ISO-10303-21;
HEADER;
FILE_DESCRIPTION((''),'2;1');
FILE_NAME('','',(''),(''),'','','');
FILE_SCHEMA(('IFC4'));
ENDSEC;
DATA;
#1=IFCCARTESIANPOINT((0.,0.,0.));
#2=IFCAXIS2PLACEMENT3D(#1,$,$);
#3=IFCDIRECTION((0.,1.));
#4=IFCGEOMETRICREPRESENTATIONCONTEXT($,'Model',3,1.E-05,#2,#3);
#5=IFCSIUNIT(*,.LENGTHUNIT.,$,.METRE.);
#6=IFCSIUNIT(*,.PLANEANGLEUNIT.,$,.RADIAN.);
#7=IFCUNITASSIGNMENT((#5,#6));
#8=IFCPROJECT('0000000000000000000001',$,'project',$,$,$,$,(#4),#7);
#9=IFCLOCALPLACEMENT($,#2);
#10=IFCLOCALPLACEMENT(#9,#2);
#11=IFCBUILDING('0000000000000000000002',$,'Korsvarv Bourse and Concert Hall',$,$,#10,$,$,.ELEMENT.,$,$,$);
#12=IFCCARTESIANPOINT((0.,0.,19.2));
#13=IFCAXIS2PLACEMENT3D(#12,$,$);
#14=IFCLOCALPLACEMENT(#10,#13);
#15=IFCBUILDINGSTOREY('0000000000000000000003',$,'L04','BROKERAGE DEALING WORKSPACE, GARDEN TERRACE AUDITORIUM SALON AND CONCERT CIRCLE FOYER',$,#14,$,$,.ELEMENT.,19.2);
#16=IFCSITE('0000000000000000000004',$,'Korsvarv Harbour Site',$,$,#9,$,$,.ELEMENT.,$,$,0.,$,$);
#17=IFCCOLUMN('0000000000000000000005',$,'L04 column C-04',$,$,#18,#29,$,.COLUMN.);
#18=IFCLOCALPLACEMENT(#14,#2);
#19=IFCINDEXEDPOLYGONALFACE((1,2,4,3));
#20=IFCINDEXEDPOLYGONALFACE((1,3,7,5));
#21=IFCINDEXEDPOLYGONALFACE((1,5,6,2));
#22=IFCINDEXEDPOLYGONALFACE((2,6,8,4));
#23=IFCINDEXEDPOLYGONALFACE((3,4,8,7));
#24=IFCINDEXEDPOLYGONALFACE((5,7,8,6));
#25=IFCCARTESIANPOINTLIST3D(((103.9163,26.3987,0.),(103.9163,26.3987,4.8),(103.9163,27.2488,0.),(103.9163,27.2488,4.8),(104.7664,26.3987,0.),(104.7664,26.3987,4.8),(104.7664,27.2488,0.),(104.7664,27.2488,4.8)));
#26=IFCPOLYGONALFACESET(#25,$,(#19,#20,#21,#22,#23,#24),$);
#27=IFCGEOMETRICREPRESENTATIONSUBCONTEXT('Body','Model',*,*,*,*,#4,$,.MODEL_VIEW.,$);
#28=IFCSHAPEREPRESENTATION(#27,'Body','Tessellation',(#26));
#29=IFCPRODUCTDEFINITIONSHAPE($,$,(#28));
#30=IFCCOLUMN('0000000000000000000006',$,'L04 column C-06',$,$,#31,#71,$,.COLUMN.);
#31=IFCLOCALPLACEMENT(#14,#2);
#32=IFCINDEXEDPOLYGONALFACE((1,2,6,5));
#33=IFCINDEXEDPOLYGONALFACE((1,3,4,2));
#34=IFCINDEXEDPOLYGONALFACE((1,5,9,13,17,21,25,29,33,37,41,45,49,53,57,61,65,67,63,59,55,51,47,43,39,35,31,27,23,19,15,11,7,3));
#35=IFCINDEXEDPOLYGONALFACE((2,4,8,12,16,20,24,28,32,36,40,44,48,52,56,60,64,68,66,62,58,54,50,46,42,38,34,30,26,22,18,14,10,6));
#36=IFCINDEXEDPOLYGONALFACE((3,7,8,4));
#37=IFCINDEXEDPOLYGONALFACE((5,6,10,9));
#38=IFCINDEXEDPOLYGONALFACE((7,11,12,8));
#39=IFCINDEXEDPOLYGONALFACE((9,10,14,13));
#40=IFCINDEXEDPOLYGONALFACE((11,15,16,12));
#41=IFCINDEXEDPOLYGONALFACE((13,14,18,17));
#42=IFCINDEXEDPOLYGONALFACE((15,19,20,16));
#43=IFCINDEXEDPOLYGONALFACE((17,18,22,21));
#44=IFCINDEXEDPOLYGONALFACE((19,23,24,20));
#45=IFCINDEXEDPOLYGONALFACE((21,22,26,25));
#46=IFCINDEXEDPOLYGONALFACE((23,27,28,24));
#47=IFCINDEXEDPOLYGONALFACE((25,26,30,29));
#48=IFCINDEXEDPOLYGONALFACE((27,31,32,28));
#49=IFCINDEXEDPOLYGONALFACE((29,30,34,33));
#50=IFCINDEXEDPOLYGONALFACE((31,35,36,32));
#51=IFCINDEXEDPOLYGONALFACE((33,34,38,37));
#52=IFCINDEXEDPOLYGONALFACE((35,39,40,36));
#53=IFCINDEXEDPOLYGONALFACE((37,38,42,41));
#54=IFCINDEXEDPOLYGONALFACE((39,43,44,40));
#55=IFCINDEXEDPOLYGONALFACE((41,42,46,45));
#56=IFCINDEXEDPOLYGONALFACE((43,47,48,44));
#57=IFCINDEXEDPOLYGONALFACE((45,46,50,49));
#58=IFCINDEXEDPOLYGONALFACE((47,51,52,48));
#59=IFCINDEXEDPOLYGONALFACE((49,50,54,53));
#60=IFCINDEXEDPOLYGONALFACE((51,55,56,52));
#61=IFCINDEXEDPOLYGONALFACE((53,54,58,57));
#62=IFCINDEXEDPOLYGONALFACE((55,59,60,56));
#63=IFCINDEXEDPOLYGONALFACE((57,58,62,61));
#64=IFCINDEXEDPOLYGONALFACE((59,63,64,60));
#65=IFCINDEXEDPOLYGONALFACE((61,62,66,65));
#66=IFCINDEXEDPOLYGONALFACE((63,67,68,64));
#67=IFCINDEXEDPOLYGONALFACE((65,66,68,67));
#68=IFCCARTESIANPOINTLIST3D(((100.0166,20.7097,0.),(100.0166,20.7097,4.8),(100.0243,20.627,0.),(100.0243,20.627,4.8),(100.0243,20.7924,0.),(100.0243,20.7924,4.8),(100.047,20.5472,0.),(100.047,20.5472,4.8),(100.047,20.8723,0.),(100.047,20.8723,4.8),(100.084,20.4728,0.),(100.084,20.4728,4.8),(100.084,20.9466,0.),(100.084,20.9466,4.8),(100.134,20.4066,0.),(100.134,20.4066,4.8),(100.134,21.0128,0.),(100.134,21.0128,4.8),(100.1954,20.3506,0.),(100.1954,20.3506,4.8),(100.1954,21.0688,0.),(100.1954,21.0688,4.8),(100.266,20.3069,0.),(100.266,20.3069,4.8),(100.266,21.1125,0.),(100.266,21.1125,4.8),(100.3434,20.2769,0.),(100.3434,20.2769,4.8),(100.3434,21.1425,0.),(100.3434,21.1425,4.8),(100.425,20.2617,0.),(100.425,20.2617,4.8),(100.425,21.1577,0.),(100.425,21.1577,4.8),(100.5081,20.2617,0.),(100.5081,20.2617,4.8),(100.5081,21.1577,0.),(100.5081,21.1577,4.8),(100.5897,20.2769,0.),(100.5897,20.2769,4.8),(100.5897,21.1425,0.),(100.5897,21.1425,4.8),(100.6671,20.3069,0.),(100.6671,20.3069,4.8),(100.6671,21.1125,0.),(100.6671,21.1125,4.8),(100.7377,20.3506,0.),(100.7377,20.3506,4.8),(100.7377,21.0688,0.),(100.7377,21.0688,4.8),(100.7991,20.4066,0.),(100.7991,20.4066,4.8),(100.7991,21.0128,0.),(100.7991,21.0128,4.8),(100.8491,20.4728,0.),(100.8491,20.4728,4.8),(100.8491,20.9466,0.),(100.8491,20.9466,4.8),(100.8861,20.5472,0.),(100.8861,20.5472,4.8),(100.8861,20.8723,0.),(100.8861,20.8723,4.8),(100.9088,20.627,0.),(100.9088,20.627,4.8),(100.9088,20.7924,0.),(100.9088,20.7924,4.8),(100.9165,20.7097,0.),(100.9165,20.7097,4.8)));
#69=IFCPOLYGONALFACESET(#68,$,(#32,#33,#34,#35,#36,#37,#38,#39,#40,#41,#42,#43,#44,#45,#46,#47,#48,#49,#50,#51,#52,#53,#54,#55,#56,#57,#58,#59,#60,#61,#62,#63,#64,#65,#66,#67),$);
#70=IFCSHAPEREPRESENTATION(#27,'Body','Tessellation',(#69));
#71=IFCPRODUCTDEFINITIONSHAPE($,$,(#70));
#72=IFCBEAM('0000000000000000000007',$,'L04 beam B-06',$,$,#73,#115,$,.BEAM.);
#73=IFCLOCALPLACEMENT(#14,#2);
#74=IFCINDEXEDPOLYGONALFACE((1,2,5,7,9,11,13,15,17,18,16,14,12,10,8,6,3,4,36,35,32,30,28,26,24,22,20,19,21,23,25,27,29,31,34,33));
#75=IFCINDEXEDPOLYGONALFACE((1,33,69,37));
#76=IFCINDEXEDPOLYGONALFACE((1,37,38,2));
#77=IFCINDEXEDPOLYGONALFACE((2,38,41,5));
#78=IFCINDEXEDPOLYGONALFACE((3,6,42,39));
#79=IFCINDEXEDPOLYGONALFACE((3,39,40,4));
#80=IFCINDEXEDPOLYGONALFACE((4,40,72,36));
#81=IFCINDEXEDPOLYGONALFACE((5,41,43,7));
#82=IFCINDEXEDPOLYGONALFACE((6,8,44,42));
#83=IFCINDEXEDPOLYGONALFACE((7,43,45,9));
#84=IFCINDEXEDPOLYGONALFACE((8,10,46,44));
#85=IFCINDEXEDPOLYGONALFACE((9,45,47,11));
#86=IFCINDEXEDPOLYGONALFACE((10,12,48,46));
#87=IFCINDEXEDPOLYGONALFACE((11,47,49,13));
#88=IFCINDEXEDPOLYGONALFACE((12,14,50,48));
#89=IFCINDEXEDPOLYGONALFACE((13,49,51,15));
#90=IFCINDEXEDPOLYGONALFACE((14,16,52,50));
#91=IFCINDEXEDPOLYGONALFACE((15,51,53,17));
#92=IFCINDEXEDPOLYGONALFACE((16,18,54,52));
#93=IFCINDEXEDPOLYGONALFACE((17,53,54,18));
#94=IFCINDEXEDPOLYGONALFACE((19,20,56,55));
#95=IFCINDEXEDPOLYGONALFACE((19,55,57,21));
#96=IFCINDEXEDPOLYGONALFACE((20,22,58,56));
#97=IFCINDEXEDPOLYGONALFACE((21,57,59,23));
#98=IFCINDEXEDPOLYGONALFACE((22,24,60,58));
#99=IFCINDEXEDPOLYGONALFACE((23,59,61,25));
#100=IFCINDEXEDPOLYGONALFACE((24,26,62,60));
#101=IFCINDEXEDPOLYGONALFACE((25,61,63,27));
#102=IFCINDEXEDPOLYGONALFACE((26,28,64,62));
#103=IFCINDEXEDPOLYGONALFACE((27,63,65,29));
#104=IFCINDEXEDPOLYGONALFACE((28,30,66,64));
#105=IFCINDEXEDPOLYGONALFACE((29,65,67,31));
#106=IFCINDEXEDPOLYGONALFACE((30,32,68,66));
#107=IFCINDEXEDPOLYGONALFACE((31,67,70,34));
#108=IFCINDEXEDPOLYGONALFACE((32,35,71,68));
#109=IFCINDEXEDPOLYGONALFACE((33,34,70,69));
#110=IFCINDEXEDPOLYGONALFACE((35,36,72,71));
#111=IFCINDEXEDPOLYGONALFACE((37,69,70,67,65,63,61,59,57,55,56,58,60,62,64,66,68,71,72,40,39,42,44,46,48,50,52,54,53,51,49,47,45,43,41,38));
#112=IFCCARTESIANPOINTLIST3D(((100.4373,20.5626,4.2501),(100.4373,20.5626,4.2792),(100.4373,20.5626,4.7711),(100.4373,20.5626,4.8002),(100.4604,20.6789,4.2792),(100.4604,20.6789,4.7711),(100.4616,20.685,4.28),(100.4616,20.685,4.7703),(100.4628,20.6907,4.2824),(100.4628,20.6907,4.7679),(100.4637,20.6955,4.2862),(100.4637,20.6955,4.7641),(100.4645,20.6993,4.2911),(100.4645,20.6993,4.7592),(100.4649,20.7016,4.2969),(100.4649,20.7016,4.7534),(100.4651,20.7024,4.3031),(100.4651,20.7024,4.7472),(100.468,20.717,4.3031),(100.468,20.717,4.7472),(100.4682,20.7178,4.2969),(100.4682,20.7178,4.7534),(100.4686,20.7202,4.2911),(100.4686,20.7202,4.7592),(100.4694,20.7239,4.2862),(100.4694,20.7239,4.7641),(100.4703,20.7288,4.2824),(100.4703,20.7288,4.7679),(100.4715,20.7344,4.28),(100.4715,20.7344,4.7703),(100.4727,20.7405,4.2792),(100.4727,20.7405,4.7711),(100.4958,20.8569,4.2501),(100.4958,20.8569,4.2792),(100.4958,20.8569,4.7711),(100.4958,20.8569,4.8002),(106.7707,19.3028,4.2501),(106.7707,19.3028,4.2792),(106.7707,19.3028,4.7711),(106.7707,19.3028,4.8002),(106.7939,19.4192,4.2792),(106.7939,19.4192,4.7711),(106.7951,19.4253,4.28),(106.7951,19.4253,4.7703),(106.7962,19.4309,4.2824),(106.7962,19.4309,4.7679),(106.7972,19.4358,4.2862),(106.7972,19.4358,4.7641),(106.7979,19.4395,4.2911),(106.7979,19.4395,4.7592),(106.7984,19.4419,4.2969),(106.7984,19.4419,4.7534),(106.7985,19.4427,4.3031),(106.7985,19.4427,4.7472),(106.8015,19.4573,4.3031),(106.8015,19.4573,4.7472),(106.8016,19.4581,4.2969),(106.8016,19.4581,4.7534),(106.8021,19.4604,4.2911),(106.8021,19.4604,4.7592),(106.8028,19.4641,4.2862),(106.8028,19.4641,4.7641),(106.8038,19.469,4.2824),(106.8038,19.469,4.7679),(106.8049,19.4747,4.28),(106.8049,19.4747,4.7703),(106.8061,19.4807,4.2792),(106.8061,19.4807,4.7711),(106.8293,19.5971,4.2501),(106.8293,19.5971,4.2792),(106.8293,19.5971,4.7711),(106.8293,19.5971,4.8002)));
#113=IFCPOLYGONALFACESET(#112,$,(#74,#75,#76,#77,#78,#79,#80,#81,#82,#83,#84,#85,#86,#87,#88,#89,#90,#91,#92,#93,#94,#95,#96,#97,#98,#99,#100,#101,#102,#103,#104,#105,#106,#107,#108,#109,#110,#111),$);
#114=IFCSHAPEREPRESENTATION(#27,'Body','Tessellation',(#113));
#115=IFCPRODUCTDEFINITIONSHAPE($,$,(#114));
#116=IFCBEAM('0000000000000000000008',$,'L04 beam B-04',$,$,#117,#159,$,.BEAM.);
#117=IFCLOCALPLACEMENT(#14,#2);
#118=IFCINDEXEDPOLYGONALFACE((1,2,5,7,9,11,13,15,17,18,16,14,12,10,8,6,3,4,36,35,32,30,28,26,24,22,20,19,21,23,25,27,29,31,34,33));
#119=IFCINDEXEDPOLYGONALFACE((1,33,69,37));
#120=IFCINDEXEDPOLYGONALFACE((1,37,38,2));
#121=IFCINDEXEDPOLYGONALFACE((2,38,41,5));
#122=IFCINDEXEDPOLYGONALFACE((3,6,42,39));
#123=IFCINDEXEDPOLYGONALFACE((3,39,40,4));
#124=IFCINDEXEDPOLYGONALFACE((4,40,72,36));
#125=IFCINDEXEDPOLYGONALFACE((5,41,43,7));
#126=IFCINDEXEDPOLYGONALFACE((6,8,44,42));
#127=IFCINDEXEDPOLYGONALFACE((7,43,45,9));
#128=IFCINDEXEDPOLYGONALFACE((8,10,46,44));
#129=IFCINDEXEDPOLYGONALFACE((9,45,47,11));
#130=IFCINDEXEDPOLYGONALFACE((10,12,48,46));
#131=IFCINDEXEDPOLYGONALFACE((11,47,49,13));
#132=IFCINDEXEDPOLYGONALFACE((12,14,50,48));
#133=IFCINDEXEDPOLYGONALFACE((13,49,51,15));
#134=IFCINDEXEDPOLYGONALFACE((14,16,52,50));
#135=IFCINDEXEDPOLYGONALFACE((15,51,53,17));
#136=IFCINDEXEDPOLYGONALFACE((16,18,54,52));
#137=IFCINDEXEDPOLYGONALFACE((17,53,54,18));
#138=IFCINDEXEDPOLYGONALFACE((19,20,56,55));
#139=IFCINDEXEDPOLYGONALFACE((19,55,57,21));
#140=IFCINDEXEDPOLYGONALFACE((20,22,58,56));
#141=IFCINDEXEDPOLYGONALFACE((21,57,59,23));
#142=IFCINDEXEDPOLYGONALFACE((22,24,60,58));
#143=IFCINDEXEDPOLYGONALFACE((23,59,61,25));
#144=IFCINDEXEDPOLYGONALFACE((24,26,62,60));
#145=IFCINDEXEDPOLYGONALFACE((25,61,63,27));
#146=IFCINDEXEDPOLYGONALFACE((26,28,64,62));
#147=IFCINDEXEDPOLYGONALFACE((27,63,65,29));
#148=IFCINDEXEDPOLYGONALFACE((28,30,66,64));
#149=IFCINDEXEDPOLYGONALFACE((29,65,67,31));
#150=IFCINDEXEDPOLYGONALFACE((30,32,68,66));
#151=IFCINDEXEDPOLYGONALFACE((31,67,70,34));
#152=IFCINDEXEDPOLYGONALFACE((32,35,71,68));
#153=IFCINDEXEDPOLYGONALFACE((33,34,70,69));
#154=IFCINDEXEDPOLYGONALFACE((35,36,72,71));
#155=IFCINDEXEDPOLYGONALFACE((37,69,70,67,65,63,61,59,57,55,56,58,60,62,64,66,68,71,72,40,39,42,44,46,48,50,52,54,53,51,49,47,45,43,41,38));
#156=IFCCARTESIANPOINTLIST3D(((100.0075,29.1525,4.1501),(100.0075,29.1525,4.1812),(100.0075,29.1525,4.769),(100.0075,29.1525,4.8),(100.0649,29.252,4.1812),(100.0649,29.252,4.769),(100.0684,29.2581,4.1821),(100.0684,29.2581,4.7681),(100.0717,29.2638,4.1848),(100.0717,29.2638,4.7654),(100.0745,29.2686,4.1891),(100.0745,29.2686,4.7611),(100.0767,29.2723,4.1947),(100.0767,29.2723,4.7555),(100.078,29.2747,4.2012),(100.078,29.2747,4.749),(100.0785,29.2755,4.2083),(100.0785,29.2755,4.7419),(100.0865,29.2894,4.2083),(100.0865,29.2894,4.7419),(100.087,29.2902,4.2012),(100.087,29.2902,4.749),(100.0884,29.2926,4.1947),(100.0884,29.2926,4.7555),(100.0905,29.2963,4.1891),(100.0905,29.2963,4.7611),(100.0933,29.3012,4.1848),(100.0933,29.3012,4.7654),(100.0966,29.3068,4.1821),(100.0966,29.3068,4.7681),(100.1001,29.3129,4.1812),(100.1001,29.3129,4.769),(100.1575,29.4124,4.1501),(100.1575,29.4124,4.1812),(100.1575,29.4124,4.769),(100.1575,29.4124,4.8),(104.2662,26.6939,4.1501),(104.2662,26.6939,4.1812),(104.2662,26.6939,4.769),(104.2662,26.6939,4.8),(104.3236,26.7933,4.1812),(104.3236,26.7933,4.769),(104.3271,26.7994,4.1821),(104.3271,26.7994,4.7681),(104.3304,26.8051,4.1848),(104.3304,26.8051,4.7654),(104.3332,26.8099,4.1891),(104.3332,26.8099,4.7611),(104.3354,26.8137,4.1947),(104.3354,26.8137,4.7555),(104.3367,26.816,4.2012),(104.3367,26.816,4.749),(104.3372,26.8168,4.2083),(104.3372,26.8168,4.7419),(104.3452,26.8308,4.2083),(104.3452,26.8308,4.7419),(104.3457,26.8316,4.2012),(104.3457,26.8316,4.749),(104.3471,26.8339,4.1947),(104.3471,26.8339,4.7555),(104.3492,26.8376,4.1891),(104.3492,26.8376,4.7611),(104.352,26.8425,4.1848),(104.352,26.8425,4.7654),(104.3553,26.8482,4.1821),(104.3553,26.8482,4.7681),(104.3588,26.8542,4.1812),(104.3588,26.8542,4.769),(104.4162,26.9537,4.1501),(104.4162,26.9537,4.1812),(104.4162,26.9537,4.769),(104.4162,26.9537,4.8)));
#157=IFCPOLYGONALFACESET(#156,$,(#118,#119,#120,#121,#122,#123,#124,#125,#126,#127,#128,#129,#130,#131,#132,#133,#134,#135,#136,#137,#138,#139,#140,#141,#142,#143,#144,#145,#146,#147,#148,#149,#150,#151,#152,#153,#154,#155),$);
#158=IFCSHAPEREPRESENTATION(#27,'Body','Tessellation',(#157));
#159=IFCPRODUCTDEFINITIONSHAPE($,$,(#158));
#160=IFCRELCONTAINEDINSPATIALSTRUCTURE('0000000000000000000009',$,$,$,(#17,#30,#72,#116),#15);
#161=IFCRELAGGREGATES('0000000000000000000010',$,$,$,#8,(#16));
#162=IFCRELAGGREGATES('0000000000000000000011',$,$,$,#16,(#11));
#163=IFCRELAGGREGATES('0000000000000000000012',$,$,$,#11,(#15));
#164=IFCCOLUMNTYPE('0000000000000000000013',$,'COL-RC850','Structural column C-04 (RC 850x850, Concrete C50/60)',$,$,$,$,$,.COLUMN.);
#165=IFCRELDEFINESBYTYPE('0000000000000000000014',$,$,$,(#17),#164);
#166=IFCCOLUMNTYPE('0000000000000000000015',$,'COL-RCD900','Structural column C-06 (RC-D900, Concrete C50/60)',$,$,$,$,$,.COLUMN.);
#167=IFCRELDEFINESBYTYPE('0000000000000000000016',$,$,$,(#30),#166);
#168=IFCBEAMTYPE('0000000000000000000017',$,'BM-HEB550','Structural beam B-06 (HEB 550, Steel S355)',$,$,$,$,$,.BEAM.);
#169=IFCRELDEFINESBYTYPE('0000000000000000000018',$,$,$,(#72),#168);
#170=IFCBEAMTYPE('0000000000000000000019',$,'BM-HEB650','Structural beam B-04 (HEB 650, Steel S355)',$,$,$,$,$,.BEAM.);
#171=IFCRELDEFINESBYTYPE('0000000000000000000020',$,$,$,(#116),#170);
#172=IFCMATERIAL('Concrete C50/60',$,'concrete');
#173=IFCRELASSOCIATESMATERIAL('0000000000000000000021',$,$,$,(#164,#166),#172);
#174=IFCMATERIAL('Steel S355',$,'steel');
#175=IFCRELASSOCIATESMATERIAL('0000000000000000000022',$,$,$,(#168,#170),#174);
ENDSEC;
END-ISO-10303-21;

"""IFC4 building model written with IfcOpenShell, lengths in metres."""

from ifc_helpers import new_model, si_unit, direction, frame, origin, origin_2d, place, context, subcontext, project, spatial, rectangle, circle, i_section, extrude, source, transform, mapped, material, material_profile, profile_set, type_object, element, save


model = new_model("IFC4")

# Units and contexts
model_context = context("Model", 3, precision=1e-05, world=origin(), true_north=direction((0.0, 1.0)))
body_context = subcontext(model_context, "Body", "Model", "MODEL_VIEW")
ifc_project = project(units=[si_unit("LENGTHUNIT", "METRE"), si_unit("PLANEANGLEUNIT", "RADIAN")], contexts=[model_context])

# Site, building, storey
site_placement = place(None, origin())
site = spatial("IfcSite", under=ifc_project, at=site_placement, Name="Korsvarv Harbour Site", CompositionType="ELEMENT", RefElevation=0.0)
building_placement = place(site_placement, origin())
building = spatial("IfcBuilding", under=site, at=building_placement, Name="Korsvarv Bourse and Concert Hall", CompositionType="ELEMENT")
storey_placement = place(building_placement, frame((0.0, 0.0, 19.2)))
storey = spatial("IfcBuildingStorey", under=building, at=storey_placement, Name="L04", Description="BROKERAGE DEALING WORKSPACE, GARDEN TERRACE AUDITORIUM SALON AND CONCERT CIRCLE FOYER", CompositionType="ELEMENT", Elevation=19.2)

# Columns
ifc_material_1 = material(Name="Concrete C50/60", Category="concrete")
ifc_material_profile_1 = material_profile(ifc_material_1, rectangle(XDim=0.8501, YDim=0.8501, at=origin_2d()), Name="RC 850x850")
ifc_profile_set_1 = profile_set([ifc_material_profile_1], Name="Concrete C50/60")
column_type_1 = type_object("IfcColumnType", Name="COL-RC850", Description="Structural column C-04 (RC 850x850, Concrete C50/60)", PredefinedType="COLUMN", material=ifc_profile_set_1)
shared_shape_1 = source(origin(), body_context, "Body", "SweptSolid", [
    extrude(rectangle(XDim=0.8501, YDim=0.8501, at=origin_2d()), origin(), (0.0, 0.0, 1.0), 4.8),
])
column_1_placement = place(storey_placement, frame((104.3413, 26.8237, 0.0), z_axis=(0.0, 0.0, 1.0), x_axis=(1.0, 0.0, 0.0)))
element("IfcColumn", 1, at=column_1_placement, inside=storey, type_object=column_type_1, Name="L04 column C-04", PredefinedType="COLUMN", context=body_context, shape_type="MappedRepresentation", body=[
    mapped(shared_shape_1, transform((0.0, 0.0, 0.0), scale=1.0)),
])
ifc_material_profile_2 = material_profile(ifc_material_1, circle(Radius=0.45, at=origin_2d()), Name="RC-D900")
ifc_profile_set_2 = profile_set([ifc_material_profile_2], Name="Concrete C50/60")
column_type_2 = type_object("IfcColumnType", Name="COL-RCD900", Description="Structural column C-06 (RC-D900, Concrete C50/60)", PredefinedType="COLUMN", material=ifc_profile_set_2)
shared_shape_2 = source(origin(), body_context, "Body", "SweptSolid", [
    extrude(circle(Radius=0.45, at=origin_2d()), origin(), (0.0, 0.0, 1.0), 4.8),
])
column_2_placement = place(storey_placement, frame((100.4666, 20.7097, 0.0), z_axis=(0.0, 0.0, 1.0), x_axis=(1.0, 0.0, 0.0)))
element("IfcColumn", 2, at=column_2_placement, inside=storey, type_object=column_type_2, Name="L04 column C-06", PredefinedType="COLUMN", context=body_context, shape_type="MappedRepresentation", body=[
    mapped(shared_shape_2, transform((0.0, 0.0, 0.0), scale=1.0)),
])

# Beams
ifc_material_2 = material(Name="Steel S355", Category="steel")
ifc_material_profile_3 = material_profile(ifc_material_2, i_section(OverallWidth=0.3, OverallDepth=0.55, WebThickness=0.0149, FlangeThickness=0.0291, FilletRadius=0.0239, at=origin_2d()), Name="HEB 550")
ifc_profile_set_3 = profile_set([ifc_material_profile_3], Name="Steel S355")
beam_type_1 = type_object("IfcBeamType", Name="BM-HEB550", Description="Structural beam B-06 (HEB 550, Steel S355)", PredefinedType="BEAM", material=ifc_profile_set_3)
shared_shape_3 = source(origin(), body_context, "Body", "SweptSolid", [
    extrude(i_section(OverallWidth=0.3, OverallDepth=0.55, WebThickness=0.0149, FlangeThickness=0.0291, FilletRadius=0.0239, at=origin_2d()), origin(), (0.0, 0.0, 1.0), 6.4575),
])
beam_1_placement = place(storey_placement, frame((100.4666, 20.7097, 4.5251), z_axis=(0.980787, -0.195084, 0.0), x_axis=(0.195084, 0.980787, 0.0)))
element("IfcBeam", 3, at=beam_1_placement, inside=storey, type_object=beam_type_1, Name="L04 beam B-06", PredefinedType="BEAM", context=body_context, shape_type="MappedRepresentation", body=[
    mapped(shared_shape_3, transform((0.0, 0.0, 0.0), scale=1.0)),
])
ifc_material_profile_4 = material_profile(ifc_material_2, i_section(OverallWidth=0.3, OverallDepth=0.6499, WebThickness=0.0161, FlangeThickness=0.031, FilletRadius=0.0271, at=origin_2d()), Name="HEB 650")
ifc_profile_set_4 = profile_set([ifc_material_profile_4], Name="Steel S355")
beam_type_2 = type_object("IfcBeamType", Name="BM-HEB650", Description="Structural beam B-04 (HEB 650, Steel S355)", PredefinedType="BEAM", material=ifc_profile_set_4)
shared_shape_4 = source(origin(), body_context, "Body", "SweptSolid", [
    extrude(i_section(OverallWidth=0.3, OverallDepth=0.6499, WebThickness=0.0161, FlangeThickness=0.031, FilletRadius=0.0271, at=origin_2d()), origin(), (0.0, 0.0, 1.0), 4.9175),
])
for number, where, z_axis, x_axis, name in (
    (4, (100.0825, 29.2825, 4.4751), (0.866032, -0.499989, 0.0), (0.499989, 0.866032, 0.0), "L04 beam B-04"),
):
    element("IfcBeam", number, at=place(storey_placement, frame(where, z_axis=z_axis, x_axis=x_axis)), inside=storey, type_object=beam_type_2, Name=name, PredefinedType="BEAM", context=body_context, shape_type="MappedRepresentation", body=[
        mapped(shared_shape_4, transform((0.0, 0.0, 0.0), scale=1.0)),
    ])

save(model, "model.ifc")
